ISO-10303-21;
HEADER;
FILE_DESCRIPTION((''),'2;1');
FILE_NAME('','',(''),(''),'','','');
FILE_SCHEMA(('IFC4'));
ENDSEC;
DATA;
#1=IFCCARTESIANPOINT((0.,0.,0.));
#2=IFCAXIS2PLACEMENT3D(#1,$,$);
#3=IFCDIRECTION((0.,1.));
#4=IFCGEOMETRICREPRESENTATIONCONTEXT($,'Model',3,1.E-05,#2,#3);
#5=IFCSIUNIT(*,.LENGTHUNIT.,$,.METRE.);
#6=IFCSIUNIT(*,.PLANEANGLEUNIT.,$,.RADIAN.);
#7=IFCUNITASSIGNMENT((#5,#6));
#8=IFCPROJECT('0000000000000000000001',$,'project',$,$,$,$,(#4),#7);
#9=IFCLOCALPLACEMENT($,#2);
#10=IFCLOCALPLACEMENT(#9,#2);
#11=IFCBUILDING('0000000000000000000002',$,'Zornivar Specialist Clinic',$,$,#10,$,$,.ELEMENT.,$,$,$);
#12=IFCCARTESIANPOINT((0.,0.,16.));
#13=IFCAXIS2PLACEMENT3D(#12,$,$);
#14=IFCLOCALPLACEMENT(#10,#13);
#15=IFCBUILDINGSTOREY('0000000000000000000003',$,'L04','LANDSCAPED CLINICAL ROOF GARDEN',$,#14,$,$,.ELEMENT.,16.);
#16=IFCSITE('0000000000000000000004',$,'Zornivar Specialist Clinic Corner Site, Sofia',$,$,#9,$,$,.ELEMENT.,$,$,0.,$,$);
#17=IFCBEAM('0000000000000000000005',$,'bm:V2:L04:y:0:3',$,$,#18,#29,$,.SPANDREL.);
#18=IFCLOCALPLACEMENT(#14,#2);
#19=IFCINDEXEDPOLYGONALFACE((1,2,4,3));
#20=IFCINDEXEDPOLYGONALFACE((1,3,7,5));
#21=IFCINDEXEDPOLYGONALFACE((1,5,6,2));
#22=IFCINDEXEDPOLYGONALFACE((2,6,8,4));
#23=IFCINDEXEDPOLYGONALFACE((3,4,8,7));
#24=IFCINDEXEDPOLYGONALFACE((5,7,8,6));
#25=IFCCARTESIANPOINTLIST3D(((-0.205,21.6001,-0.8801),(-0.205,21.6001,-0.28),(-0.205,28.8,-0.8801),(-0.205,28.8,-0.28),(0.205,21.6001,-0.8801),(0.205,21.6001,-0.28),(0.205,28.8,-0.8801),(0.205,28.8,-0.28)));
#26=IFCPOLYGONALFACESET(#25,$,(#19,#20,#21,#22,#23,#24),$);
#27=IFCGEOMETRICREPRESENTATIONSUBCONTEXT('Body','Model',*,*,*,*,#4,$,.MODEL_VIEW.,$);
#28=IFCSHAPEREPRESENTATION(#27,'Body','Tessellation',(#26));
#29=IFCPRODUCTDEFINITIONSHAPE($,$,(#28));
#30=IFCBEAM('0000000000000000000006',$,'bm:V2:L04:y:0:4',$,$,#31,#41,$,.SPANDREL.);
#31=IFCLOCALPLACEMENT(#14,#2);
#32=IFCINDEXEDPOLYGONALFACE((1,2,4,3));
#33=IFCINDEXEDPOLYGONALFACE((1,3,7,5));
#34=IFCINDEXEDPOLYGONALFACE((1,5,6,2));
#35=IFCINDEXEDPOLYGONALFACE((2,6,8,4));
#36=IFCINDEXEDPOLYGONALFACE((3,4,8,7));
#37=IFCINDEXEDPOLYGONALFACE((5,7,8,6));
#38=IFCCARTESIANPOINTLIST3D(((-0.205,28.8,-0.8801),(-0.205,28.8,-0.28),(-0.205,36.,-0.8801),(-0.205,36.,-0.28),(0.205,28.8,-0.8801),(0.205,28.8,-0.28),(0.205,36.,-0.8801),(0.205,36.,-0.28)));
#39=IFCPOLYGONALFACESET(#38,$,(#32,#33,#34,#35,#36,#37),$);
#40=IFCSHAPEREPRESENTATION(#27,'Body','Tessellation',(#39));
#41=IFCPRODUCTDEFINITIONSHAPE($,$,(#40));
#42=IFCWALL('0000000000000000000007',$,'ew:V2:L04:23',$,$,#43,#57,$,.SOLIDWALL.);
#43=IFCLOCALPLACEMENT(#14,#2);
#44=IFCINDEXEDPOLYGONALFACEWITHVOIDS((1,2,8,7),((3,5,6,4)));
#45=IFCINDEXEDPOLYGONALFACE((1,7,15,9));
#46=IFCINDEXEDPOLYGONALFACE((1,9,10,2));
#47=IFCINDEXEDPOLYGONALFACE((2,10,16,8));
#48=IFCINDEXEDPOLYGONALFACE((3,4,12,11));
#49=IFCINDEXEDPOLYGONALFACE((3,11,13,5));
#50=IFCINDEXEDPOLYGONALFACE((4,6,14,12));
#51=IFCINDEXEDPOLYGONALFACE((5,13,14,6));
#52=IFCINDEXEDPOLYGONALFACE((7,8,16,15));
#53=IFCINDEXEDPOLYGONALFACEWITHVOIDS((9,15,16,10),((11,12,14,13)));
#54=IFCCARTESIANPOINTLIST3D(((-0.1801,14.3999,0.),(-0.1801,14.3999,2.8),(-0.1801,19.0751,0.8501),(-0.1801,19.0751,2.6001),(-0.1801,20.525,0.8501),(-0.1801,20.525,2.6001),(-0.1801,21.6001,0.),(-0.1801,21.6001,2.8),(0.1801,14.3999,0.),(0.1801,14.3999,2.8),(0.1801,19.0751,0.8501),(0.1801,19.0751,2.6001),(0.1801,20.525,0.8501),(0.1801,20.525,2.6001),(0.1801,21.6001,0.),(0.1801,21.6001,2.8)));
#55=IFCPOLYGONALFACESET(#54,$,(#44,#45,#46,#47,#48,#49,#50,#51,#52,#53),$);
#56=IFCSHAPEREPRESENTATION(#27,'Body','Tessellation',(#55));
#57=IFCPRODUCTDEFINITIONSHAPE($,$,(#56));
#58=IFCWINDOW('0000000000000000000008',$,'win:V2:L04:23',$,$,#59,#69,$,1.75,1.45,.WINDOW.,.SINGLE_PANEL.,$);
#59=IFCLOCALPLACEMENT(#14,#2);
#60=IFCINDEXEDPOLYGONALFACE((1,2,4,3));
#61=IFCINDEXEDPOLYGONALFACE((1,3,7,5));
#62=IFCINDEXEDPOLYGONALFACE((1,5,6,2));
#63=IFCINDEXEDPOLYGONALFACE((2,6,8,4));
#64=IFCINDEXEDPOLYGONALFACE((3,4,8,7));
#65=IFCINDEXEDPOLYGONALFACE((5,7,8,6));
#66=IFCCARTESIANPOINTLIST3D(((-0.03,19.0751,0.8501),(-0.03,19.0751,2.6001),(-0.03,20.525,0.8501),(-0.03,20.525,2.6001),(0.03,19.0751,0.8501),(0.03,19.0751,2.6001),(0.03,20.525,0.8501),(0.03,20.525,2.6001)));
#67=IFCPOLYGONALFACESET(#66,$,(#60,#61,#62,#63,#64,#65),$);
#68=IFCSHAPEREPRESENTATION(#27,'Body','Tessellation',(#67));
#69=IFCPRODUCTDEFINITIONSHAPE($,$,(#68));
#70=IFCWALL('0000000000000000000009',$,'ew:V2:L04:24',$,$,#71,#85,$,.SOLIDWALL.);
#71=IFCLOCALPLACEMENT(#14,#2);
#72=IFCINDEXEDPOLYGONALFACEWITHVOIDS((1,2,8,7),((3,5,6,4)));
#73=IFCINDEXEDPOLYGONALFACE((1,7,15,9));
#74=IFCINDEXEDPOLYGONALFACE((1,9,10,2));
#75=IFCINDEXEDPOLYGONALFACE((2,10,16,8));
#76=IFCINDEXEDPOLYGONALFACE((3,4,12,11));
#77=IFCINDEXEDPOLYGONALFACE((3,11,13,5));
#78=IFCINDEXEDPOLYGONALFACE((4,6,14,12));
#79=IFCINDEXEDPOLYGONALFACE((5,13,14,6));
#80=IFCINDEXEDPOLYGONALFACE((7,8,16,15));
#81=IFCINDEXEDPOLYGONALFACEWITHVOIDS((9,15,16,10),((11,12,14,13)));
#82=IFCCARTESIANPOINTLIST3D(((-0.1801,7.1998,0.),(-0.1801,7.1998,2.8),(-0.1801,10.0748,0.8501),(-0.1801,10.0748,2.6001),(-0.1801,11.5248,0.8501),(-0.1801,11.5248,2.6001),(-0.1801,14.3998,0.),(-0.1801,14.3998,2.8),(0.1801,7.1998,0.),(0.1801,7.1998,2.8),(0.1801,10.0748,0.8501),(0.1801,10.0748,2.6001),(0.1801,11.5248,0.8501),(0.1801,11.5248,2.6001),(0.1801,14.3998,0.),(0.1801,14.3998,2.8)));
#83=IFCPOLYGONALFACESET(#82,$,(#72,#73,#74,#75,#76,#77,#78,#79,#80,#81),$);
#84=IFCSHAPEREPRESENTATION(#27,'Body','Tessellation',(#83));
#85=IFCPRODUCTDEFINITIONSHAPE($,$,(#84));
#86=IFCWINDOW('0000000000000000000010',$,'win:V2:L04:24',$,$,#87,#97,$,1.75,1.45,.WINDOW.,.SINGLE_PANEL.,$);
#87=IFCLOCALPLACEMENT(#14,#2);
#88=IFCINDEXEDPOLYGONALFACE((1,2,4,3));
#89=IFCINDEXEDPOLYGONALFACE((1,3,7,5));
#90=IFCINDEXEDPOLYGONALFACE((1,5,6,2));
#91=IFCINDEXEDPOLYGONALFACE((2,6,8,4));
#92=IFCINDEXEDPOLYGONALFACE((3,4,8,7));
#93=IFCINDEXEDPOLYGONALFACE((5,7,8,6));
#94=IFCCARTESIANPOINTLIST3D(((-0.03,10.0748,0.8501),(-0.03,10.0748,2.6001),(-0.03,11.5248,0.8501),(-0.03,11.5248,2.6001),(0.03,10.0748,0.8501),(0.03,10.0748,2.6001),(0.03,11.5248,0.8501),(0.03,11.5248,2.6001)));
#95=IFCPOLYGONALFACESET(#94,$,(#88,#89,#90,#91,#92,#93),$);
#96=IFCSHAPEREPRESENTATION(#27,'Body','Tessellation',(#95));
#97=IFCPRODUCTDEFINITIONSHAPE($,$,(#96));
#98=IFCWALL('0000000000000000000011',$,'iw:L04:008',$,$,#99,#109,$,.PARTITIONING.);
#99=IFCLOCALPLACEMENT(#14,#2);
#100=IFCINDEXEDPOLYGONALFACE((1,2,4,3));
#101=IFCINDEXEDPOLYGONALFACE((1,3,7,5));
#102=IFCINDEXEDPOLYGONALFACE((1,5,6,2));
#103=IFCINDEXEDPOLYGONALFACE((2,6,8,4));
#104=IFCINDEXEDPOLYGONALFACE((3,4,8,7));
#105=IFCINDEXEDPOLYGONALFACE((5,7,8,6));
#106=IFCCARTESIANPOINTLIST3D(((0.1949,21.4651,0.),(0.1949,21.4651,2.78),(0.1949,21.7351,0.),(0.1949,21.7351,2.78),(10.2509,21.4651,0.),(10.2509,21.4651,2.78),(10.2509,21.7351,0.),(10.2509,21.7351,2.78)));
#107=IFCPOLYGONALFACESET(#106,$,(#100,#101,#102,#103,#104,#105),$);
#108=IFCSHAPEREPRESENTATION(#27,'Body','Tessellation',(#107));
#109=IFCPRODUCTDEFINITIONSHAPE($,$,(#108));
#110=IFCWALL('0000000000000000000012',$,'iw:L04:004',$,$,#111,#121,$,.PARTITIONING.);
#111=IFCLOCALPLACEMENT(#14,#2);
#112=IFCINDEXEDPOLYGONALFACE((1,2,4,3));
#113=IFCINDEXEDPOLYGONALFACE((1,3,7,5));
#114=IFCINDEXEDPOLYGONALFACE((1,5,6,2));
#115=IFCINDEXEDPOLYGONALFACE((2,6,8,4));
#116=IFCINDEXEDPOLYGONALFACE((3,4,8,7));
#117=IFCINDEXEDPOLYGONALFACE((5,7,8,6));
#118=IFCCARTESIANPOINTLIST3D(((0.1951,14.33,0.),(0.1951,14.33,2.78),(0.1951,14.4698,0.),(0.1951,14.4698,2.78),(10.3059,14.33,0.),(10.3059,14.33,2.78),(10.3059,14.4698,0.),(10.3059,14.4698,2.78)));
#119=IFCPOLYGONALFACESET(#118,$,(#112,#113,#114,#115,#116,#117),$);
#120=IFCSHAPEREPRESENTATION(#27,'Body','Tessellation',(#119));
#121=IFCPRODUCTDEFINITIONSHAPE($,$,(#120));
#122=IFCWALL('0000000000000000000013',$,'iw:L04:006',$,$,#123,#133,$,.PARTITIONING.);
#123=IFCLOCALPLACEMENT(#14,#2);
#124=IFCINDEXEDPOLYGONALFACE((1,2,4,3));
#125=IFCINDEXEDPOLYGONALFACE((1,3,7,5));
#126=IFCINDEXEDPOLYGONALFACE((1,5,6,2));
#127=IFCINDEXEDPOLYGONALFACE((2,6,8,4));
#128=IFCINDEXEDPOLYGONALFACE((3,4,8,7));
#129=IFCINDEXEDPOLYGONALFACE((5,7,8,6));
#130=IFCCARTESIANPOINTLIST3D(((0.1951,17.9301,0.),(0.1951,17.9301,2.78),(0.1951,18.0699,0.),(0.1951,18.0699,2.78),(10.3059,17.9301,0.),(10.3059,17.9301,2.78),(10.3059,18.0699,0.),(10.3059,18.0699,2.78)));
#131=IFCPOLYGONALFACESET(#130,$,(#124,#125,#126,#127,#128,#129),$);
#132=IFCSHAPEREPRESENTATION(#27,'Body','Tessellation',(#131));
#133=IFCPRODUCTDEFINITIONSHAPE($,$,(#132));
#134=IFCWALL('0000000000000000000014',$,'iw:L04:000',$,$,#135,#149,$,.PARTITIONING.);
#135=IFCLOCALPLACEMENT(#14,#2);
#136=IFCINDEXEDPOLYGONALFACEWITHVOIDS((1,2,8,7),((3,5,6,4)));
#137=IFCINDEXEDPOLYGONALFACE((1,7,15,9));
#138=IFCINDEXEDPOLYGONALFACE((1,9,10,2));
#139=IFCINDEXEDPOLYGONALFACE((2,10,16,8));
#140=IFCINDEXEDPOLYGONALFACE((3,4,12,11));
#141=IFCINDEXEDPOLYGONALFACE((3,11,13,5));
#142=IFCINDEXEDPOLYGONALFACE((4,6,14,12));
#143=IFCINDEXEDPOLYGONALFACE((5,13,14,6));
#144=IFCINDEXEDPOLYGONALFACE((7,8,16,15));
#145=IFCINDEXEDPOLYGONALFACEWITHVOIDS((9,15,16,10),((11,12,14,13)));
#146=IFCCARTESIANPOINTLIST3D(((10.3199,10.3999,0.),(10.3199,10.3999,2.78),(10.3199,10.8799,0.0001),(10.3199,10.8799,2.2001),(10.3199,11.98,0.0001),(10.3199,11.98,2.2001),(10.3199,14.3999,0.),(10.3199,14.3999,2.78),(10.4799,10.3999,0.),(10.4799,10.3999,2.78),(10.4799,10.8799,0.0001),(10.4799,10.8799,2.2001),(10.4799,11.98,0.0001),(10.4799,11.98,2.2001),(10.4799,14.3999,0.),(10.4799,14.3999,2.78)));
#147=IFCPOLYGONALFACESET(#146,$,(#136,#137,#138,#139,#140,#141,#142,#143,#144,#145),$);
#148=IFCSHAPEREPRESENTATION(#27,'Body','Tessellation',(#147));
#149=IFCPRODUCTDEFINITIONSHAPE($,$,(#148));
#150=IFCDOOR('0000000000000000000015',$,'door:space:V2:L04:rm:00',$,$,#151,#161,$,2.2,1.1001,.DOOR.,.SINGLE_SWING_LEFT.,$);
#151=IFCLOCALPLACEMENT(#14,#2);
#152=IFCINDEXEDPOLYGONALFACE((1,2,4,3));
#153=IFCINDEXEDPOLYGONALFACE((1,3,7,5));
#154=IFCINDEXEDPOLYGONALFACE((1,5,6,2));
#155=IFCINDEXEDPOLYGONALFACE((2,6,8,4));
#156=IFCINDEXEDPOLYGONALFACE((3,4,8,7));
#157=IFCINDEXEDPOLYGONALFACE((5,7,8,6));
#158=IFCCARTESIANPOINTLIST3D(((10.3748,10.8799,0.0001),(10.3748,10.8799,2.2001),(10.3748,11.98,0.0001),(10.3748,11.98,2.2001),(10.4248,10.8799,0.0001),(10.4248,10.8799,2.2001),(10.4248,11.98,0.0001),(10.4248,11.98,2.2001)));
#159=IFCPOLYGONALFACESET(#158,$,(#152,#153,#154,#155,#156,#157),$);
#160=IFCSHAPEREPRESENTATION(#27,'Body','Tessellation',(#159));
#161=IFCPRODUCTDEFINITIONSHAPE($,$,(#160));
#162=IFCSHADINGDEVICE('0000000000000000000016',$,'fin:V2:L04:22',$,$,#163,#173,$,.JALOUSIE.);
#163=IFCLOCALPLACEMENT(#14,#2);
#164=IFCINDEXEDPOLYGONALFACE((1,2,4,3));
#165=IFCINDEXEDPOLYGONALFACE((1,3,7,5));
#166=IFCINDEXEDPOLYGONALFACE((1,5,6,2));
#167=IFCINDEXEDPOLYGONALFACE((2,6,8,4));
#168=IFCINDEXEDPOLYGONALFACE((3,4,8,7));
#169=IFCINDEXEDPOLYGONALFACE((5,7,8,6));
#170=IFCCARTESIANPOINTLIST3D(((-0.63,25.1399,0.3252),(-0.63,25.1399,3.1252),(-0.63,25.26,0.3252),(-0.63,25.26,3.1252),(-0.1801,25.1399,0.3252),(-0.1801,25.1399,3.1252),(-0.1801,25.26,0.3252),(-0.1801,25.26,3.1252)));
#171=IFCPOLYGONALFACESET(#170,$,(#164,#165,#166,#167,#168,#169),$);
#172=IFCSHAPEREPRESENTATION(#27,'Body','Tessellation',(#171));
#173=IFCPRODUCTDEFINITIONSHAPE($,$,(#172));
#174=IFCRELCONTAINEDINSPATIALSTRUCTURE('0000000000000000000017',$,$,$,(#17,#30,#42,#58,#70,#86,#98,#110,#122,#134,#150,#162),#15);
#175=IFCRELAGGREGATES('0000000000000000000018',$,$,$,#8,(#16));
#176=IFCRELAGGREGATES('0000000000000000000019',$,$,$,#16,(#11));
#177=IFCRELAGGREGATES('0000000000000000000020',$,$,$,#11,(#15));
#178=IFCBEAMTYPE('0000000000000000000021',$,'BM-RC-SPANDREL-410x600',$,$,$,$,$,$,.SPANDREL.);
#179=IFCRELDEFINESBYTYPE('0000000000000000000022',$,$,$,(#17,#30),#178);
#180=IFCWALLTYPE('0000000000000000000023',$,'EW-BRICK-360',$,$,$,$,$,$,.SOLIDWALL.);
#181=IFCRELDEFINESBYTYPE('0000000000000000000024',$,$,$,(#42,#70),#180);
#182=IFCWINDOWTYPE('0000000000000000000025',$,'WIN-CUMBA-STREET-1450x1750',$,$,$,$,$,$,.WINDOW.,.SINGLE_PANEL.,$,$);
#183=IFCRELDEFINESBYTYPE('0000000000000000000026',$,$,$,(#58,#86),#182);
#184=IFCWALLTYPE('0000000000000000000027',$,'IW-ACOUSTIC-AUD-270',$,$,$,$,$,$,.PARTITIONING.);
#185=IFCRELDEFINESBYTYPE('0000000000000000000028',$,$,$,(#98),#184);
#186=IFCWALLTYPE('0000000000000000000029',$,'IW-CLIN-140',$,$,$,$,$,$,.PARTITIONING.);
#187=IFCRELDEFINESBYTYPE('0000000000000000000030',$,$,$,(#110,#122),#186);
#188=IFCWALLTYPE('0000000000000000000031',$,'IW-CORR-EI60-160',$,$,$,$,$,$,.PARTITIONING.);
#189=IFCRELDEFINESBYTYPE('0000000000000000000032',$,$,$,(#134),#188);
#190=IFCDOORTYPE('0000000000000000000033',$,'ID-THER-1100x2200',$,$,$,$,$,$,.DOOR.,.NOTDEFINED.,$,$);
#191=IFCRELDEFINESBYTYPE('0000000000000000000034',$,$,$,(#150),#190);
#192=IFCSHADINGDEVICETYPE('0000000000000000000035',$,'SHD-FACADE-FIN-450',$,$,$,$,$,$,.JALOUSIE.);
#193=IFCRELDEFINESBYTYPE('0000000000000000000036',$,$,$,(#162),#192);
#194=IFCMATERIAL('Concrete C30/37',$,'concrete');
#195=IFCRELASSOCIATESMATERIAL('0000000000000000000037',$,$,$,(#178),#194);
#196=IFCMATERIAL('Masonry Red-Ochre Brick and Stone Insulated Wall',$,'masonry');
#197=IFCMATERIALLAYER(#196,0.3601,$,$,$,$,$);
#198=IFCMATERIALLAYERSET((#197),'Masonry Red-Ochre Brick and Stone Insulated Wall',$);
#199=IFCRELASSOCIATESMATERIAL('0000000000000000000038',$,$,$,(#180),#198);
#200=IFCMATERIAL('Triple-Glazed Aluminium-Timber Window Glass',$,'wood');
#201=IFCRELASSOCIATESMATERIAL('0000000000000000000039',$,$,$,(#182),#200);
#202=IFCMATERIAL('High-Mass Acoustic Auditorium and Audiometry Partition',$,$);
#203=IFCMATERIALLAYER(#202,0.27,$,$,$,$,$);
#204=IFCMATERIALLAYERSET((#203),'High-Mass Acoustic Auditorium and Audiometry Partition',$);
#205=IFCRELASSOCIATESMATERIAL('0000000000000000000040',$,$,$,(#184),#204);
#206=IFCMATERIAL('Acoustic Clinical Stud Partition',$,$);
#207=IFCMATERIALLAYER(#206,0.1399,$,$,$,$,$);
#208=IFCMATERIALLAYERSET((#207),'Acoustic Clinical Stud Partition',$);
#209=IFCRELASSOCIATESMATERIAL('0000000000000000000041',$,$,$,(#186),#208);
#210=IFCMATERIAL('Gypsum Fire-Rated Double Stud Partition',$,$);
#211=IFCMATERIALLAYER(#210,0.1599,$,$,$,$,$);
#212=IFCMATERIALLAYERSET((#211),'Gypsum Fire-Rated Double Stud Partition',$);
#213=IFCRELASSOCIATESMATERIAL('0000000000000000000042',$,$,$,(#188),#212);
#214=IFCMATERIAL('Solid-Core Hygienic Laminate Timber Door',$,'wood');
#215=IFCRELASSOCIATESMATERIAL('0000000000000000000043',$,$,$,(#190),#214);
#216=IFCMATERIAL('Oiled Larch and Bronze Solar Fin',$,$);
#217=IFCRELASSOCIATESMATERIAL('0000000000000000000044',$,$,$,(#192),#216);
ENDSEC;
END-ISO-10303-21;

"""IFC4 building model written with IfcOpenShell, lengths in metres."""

from ifc_helpers import new_model, si_unit, direction, frame, frame_2d, origin, origin_2d, place, context, subcontext, project, spatial, rectangle, extrude, material, layer, layer_set, material_profile, profile_set, type_object, element, fill, save


model = new_model("IFC4")

# Units and contexts
model_context = context("Model", 3, precision=1e-05, world=origin(), true_north=direction((0.0, 1.0)))
body_context = subcontext(model_context, "Body", "Model", "MODEL_VIEW")
ifc_project = project(units=[si_unit("LENGTHUNIT", "METRE"), si_unit("PLANEANGLEUNIT", "RADIAN")], contexts=[model_context])

# Site, building, storey
site_placement = place(None, origin())
site = spatial("IfcSite", under=ifc_project, at=site_placement, Name="Zornivar Specialist Clinic Corner Site, Sofia", CompositionType="ELEMENT", RefElevation=0.0)
building_placement = place(site_placement, origin())
building = spatial("IfcBuilding", under=site, at=building_placement, Name="Zornivar Specialist Clinic", CompositionType="ELEMENT")
storey_placement = place(building_placement, frame((0.0, 0.0, 16.0)))
storey = spatial("IfcBuildingStorey", under=building, at=storey_placement, Name="L04", Description="LANDSCAPED CLINICAL ROOF GARDEN", CompositionType="ELEMENT", Elevation=16.0)

# Beams
ifc_material_1 = material(Name="Concrete C30/37", Category="concrete")
ifc_material_profile_1 = material_profile(ifc_material_1, rectangle(XDim=0.4099, YDim=0.6001, at=origin_2d()), Name="RC 410x600")
ifc_profile_set_1 = profile_set([ifc_material_profile_1], Name="Concrete C30/37")
beam_type_1 = type_object("IfcBeamType", Name="BM-RC-SPANDREL-410x600", PredefinedType="SPANDREL", material=ifc_profile_set_1)
for number, where, z_axis, x_axis, name in (
    (1, (0.0, 21.6001, -0.5801), (0.0, 1.0, 0.0), (-1.0, 0.0, 0.0), "bm:V2:L04:y:0:3"),
    (2, (0.0, 28.8, -0.5801), (0.0, 1.0, 0.0), (-1.0, 0.0, 0.0), "bm:V2:L04:y:0:4"),
):
    element("IfcBeam", number, at=place(storey_placement, frame(where, z_axis=z_axis, x_axis=x_axis)), inside=storey, type_object=beam_type_1, Name=name, PredefinedType="SPANDREL", context=body_context, shape_type="SweptSolid", body=[
        extrude(rectangle(XDim=0.4099, YDim=0.6001, at=origin_2d()), origin(), (0.0, 0.0, 1.0), 7.2),
    ])

# Walls, openings, windows
ifc_material_2 = material(Name="Masonry Red-Ochre Brick and Stone Insulated Wall", Category="masonry")
ifc_layer_1 = layer(ifc_material_2, 0.3601)
ifc_layer_set_1 = layer_set([ifc_layer_1], Name="Masonry Red-Ochre Brick and Stone Insulated Wall")
wall_type_1 = type_object("IfcWallType", Name="EW-BRICK-360", PredefinedType="SOLIDWALL", material=ifc_layer_set_1)
wall_1_placement = place(storey_placement, frame((0.0, 21.6001, 0.0), z_axis=(0.0, 0.0, 1.0), x_axis=(0.0, -1.0, 0.0)))
wall_1 = element("IfcWall", 3, at=wall_1_placement, inside=storey, type_object=wall_type_1, Name="ew:V2:L04:23", PredefinedType="SOLIDWALL", context=body_context, shape_type="SweptSolid", body=[
    extrude(rectangle(XDim=7.2002, YDim=0.3601, at=frame_2d((3.6001, 0.0))), origin(), (0.0, 0.0, 1.0), 2.8),
])
opening_1_placement = place(wall_1_placement, frame((1.075, 0.0, 0.8501)))
opening_1 = element("IfcOpeningElement", 4, at=opening_1_placement, cuts=wall_1, PredefinedType="OPENING", context=body_context, shape_type="SweptSolid", body=[
    extrude(rectangle(XDim=1.45, YDim=1.75, at=frame_2d((0.7251, 0.875))), frame((0.0, 0.1899, 0.0), z_axis=(0.0, -1.0, 0.0), x_axis=(1.0, 0.0, 0.0)), (0.0, 0.0, 1.0), 0.3801),
])
ifc_material_3 = material(Name="Triple-Glazed Aluminium-Timber Window Glass", Category="wood")
window_type = type_object("IfcWindowType", Name="WIN-CUMBA-STREET-1450x1750", PartitioningType="SINGLE_PANEL", PredefinedType="WINDOW", material=ifc_material_3)
window_1_placement = place(opening_1_placement, origin())
window_1 = element("IfcWindow", 5, at=window_1_placement, inside=storey, type_object=window_type, Name="win:V2:L04:23", OverallHeight=1.75, OverallWidth=1.45, PartitioningType="SINGLE_PANEL", PredefinedType="WINDOW", context=body_context, shape_type="SweptSolid", body=[
    extrude(rectangle(XDim=1.45, YDim=1.75, at=frame_2d((0.7251, 0.875))), frame((0.0, 0.03, 0.0), z_axis=(0.0, -1.0, 0.0), x_axis=(1.0, 0.0, 0.0)), (0.0, 0.0, 1.0), 0.0601),
])
fill(opening_1, window_1)
wall_2_placement = place(storey_placement, frame((0.0, 14.3999, 0.0), z_axis=(0.0, 0.0, 1.0), x_axis=(0.0, -1.0, 0.0)))
wall_2 = element("IfcWall", 6, at=wall_2_placement, inside=storey, type_object=wall_type_1, Name="ew:V2:L04:24", PredefinedType="SOLIDWALL", context=body_context, shape_type="SweptSolid", body=[
    extrude(rectangle(XDim=7.2, YDim=0.3601, at=frame_2d((3.6001, 0.0))), origin(), (0.0, 0.0, 1.0), 2.8),
])
opening_2_placement = place(wall_2_placement, frame((2.875, 0.0, 0.8501)))
opening_2 = element("IfcOpeningElement", 7, at=opening_2_placement, cuts=wall_2, PredefinedType="OPENING", context=body_context, shape_type="SweptSolid", body=[
    extrude(rectangle(XDim=1.45, YDim=1.75, at=frame_2d((0.7251, 0.875))), frame((0.0, 0.1899, 0.0), z_axis=(0.0, -1.0, 0.0), x_axis=(1.0, 0.0, 0.0)), (0.0, 0.0, 1.0), 0.3801),
])
window_2_placement = place(opening_2_placement, origin())
window_2 = element("IfcWindow", 8, at=window_2_placement, inside=storey, type_object=window_type, Name="win:V2:L04:24", OverallHeight=1.75, OverallWidth=1.45, PartitioningType="SINGLE_PANEL", PredefinedType="WINDOW", context=body_context, shape_type="SweptSolid", body=[
    extrude(rectangle(XDim=1.45, YDim=1.75, at=frame_2d((0.7251, 0.875))), frame((0.0, 0.03, 0.0), z_axis=(0.0, -1.0, 0.0), x_axis=(1.0, 0.0, 0.0)), (0.0, 0.0, 1.0), 0.0601),
])
fill(opening_2, window_2)

# Shared definitions
ifc_material_4 = material(Name="High-Mass Acoustic Auditorium and Audiometry Partition")
ifc_layer_2 = layer(ifc_material_4, 0.27)
ifc_layer_set_2 = layer_set([ifc_layer_2], Name="High-Mass Acoustic Auditorium and Audiometry Partition")
wall_type_2 = type_object("IfcWallType", Name="IW-ACOUSTIC-AUD-270", PredefinedType="PARTITIONING", material=ifc_layer_set_2)

# Walls
wall_3_placement = place(storey_placement, frame((0.1951, 21.6001, 0.0), z_axis=(0.0, 0.0, 1.0), x_axis=(1.0, 0.0, 0.0)))
element("IfcWall", 9, at=wall_3_placement, inside=storey, type_object=wall_type_2, Name="iw:L04:008", PredefinedType="PARTITIONING", context=body_context, shape_type="SweptSolid", body=[
    extrude(rectangle(XDim=10.0559, YDim=0.27, at=frame_2d((5.0278, 0.0))), origin(), (0.0, 0.0, 1.0), 2.78),
])
ifc_material_5 = material(Name="Acoustic Clinical Stud Partition")
ifc_layer_3 = layer(ifc_material_5, 0.1399)
ifc_layer_set_3 = layer_set([ifc_layer_3], Name="Acoustic Clinical Stud Partition")
wall_type_3 = type_object("IfcWallType", Name="IW-CLIN-140", PredefinedType="PARTITIONING", material=ifc_layer_set_3)
for number, where, z_axis, x_axis, name in (
    (10, (0.1951, 14.3999, 0.0), (0.0, 0.0, 1.0), (1.0, 0.0, 0.0), "iw:L04:004"),
    (11, (0.1951, 18.0, 0.0), (0.0, 0.0, 1.0), (1.0, 0.0, 0.0), "iw:L04:006"),
):
    element("IfcWall", number, at=place(storey_placement, frame(where, z_axis=z_axis, x_axis=x_axis)), inside=storey, type_object=wall_type_3, Name=name, PredefinedType="PARTITIONING", context=body_context, shape_type="SweptSolid", body=[
        extrude(rectangle(XDim=10.1108, YDim=0.1399, at=frame_2d((5.0554, 0.0))), origin(), (0.0, 0.0, 1.0), 2.78),
    ])

# Wall, opening, door
ifc_material_6 = material(Name="Gypsum Fire-Rated Double Stud Partition")
ifc_layer_4 = layer(ifc_material_6, 0.1599)
ifc_layer_set_4 = layer_set([ifc_layer_4], Name="Gypsum Fire-Rated Double Stud Partition")
wall_type_4 = type_object("IfcWallType", Name="IW-CORR-EI60-160", PredefinedType="PARTITIONING", material=ifc_layer_set_4)
wall_4_placement = place(storey_placement, frame((10.3999, 14.3999, 0.0), z_axis=(0.0, 0.0, 1.0), x_axis=(0.0, -1.0, 0.0)))
wall_4 = element("IfcWall", 12, at=wall_4_placement, inside=storey, type_object=wall_type_4, Name="iw:L04:000", PredefinedType="PARTITIONING", context=body_context, shape_type="SweptSolid", body=[
    extrude(rectangle(XDim=4.0, YDim=0.1599, at=frame_2d((2.0, 0.0))), origin(), (0.0, 0.0, 1.0), 2.78),
])
opening_3_placement = place(wall_4_placement, frame((2.4199, 0.0, 0.0)))
opening_3 = element("IfcOpeningElement", 13, at=opening_3_placement, cuts=wall_4, PredefinedType="OPENING", context=body_context, shape_type="SweptSolid", body=[
    extrude(rectangle(XDim=1.1001, YDim=2.2, at=frame_2d((0.55, 1.1001))), frame((0.0, 0.0898, 0.0), z_axis=(0.0, -1.0, 0.0), x_axis=(1.0, 0.0, 0.0)), (0.0, 0.0, 1.0), 0.1799),
])
ifc_material_7 = material(Name="Solid-Core Hygienic Laminate Timber Door", Category="wood")
door_type_1 = type_object("IfcDoorType", Name="ID-THER-1100x2200", OperationType="NOTDEFINED", PredefinedType="DOOR", material=ifc_material_7)
door_1_placement = place(opening_3_placement, origin())
door_1 = element("IfcDoor", 14, at=door_1_placement, inside=storey, type_object=door_type_1, Name="door:space:V2:L04:rm:00", OperationType="SINGLE_SWING_LEFT", OverallHeight=2.2, OverallWidth=1.1001, PredefinedType="DOOR", context=body_context, shape_type="SweptSolid", body=[
    extrude(rectangle(XDim=1.1001, YDim=2.2, at=frame_2d((0.55, 1.1001))), frame((0.0, 0.0249, 0.0), z_axis=(0.0, -1.0, 0.0), x_axis=(1.0, 0.0, 0.0)), (0.0, 0.0, 1.0), 0.05),
])
fill(opening_3, door_1)

# Shading device
ifc_material_8 = material(Name="Oiled Larch and Bronze Solar Fin")
shading_device_type = type_object("IfcShadingDeviceType", Name="SHD-FACADE-FIN-450", PredefinedType="JALOUSIE", material=ifc_material_8)
for number, where, z_axis, x_axis, name in (
    (15, (-0.405, 25.2, 0.3252), (0.0, 0.0, 1.0), (0.0, -1.0, 0.0), "fin:V2:L04:22"),
):
    element("IfcShadingDevice", number, at=place(storey_placement, frame(where, z_axis=z_axis, x_axis=x_axis)), inside=storey, type_object=shading_device_type, Name=name, PredefinedType="JALOUSIE", context=body_context, shape_type="SweptSolid", body=[
        extrude(rectangle(XDim=0.1201, YDim=0.45, at=origin_2d()), origin(), (0.0, 0.0, 1.0), 2.8),
    ])

save(model, "model.ifc")
